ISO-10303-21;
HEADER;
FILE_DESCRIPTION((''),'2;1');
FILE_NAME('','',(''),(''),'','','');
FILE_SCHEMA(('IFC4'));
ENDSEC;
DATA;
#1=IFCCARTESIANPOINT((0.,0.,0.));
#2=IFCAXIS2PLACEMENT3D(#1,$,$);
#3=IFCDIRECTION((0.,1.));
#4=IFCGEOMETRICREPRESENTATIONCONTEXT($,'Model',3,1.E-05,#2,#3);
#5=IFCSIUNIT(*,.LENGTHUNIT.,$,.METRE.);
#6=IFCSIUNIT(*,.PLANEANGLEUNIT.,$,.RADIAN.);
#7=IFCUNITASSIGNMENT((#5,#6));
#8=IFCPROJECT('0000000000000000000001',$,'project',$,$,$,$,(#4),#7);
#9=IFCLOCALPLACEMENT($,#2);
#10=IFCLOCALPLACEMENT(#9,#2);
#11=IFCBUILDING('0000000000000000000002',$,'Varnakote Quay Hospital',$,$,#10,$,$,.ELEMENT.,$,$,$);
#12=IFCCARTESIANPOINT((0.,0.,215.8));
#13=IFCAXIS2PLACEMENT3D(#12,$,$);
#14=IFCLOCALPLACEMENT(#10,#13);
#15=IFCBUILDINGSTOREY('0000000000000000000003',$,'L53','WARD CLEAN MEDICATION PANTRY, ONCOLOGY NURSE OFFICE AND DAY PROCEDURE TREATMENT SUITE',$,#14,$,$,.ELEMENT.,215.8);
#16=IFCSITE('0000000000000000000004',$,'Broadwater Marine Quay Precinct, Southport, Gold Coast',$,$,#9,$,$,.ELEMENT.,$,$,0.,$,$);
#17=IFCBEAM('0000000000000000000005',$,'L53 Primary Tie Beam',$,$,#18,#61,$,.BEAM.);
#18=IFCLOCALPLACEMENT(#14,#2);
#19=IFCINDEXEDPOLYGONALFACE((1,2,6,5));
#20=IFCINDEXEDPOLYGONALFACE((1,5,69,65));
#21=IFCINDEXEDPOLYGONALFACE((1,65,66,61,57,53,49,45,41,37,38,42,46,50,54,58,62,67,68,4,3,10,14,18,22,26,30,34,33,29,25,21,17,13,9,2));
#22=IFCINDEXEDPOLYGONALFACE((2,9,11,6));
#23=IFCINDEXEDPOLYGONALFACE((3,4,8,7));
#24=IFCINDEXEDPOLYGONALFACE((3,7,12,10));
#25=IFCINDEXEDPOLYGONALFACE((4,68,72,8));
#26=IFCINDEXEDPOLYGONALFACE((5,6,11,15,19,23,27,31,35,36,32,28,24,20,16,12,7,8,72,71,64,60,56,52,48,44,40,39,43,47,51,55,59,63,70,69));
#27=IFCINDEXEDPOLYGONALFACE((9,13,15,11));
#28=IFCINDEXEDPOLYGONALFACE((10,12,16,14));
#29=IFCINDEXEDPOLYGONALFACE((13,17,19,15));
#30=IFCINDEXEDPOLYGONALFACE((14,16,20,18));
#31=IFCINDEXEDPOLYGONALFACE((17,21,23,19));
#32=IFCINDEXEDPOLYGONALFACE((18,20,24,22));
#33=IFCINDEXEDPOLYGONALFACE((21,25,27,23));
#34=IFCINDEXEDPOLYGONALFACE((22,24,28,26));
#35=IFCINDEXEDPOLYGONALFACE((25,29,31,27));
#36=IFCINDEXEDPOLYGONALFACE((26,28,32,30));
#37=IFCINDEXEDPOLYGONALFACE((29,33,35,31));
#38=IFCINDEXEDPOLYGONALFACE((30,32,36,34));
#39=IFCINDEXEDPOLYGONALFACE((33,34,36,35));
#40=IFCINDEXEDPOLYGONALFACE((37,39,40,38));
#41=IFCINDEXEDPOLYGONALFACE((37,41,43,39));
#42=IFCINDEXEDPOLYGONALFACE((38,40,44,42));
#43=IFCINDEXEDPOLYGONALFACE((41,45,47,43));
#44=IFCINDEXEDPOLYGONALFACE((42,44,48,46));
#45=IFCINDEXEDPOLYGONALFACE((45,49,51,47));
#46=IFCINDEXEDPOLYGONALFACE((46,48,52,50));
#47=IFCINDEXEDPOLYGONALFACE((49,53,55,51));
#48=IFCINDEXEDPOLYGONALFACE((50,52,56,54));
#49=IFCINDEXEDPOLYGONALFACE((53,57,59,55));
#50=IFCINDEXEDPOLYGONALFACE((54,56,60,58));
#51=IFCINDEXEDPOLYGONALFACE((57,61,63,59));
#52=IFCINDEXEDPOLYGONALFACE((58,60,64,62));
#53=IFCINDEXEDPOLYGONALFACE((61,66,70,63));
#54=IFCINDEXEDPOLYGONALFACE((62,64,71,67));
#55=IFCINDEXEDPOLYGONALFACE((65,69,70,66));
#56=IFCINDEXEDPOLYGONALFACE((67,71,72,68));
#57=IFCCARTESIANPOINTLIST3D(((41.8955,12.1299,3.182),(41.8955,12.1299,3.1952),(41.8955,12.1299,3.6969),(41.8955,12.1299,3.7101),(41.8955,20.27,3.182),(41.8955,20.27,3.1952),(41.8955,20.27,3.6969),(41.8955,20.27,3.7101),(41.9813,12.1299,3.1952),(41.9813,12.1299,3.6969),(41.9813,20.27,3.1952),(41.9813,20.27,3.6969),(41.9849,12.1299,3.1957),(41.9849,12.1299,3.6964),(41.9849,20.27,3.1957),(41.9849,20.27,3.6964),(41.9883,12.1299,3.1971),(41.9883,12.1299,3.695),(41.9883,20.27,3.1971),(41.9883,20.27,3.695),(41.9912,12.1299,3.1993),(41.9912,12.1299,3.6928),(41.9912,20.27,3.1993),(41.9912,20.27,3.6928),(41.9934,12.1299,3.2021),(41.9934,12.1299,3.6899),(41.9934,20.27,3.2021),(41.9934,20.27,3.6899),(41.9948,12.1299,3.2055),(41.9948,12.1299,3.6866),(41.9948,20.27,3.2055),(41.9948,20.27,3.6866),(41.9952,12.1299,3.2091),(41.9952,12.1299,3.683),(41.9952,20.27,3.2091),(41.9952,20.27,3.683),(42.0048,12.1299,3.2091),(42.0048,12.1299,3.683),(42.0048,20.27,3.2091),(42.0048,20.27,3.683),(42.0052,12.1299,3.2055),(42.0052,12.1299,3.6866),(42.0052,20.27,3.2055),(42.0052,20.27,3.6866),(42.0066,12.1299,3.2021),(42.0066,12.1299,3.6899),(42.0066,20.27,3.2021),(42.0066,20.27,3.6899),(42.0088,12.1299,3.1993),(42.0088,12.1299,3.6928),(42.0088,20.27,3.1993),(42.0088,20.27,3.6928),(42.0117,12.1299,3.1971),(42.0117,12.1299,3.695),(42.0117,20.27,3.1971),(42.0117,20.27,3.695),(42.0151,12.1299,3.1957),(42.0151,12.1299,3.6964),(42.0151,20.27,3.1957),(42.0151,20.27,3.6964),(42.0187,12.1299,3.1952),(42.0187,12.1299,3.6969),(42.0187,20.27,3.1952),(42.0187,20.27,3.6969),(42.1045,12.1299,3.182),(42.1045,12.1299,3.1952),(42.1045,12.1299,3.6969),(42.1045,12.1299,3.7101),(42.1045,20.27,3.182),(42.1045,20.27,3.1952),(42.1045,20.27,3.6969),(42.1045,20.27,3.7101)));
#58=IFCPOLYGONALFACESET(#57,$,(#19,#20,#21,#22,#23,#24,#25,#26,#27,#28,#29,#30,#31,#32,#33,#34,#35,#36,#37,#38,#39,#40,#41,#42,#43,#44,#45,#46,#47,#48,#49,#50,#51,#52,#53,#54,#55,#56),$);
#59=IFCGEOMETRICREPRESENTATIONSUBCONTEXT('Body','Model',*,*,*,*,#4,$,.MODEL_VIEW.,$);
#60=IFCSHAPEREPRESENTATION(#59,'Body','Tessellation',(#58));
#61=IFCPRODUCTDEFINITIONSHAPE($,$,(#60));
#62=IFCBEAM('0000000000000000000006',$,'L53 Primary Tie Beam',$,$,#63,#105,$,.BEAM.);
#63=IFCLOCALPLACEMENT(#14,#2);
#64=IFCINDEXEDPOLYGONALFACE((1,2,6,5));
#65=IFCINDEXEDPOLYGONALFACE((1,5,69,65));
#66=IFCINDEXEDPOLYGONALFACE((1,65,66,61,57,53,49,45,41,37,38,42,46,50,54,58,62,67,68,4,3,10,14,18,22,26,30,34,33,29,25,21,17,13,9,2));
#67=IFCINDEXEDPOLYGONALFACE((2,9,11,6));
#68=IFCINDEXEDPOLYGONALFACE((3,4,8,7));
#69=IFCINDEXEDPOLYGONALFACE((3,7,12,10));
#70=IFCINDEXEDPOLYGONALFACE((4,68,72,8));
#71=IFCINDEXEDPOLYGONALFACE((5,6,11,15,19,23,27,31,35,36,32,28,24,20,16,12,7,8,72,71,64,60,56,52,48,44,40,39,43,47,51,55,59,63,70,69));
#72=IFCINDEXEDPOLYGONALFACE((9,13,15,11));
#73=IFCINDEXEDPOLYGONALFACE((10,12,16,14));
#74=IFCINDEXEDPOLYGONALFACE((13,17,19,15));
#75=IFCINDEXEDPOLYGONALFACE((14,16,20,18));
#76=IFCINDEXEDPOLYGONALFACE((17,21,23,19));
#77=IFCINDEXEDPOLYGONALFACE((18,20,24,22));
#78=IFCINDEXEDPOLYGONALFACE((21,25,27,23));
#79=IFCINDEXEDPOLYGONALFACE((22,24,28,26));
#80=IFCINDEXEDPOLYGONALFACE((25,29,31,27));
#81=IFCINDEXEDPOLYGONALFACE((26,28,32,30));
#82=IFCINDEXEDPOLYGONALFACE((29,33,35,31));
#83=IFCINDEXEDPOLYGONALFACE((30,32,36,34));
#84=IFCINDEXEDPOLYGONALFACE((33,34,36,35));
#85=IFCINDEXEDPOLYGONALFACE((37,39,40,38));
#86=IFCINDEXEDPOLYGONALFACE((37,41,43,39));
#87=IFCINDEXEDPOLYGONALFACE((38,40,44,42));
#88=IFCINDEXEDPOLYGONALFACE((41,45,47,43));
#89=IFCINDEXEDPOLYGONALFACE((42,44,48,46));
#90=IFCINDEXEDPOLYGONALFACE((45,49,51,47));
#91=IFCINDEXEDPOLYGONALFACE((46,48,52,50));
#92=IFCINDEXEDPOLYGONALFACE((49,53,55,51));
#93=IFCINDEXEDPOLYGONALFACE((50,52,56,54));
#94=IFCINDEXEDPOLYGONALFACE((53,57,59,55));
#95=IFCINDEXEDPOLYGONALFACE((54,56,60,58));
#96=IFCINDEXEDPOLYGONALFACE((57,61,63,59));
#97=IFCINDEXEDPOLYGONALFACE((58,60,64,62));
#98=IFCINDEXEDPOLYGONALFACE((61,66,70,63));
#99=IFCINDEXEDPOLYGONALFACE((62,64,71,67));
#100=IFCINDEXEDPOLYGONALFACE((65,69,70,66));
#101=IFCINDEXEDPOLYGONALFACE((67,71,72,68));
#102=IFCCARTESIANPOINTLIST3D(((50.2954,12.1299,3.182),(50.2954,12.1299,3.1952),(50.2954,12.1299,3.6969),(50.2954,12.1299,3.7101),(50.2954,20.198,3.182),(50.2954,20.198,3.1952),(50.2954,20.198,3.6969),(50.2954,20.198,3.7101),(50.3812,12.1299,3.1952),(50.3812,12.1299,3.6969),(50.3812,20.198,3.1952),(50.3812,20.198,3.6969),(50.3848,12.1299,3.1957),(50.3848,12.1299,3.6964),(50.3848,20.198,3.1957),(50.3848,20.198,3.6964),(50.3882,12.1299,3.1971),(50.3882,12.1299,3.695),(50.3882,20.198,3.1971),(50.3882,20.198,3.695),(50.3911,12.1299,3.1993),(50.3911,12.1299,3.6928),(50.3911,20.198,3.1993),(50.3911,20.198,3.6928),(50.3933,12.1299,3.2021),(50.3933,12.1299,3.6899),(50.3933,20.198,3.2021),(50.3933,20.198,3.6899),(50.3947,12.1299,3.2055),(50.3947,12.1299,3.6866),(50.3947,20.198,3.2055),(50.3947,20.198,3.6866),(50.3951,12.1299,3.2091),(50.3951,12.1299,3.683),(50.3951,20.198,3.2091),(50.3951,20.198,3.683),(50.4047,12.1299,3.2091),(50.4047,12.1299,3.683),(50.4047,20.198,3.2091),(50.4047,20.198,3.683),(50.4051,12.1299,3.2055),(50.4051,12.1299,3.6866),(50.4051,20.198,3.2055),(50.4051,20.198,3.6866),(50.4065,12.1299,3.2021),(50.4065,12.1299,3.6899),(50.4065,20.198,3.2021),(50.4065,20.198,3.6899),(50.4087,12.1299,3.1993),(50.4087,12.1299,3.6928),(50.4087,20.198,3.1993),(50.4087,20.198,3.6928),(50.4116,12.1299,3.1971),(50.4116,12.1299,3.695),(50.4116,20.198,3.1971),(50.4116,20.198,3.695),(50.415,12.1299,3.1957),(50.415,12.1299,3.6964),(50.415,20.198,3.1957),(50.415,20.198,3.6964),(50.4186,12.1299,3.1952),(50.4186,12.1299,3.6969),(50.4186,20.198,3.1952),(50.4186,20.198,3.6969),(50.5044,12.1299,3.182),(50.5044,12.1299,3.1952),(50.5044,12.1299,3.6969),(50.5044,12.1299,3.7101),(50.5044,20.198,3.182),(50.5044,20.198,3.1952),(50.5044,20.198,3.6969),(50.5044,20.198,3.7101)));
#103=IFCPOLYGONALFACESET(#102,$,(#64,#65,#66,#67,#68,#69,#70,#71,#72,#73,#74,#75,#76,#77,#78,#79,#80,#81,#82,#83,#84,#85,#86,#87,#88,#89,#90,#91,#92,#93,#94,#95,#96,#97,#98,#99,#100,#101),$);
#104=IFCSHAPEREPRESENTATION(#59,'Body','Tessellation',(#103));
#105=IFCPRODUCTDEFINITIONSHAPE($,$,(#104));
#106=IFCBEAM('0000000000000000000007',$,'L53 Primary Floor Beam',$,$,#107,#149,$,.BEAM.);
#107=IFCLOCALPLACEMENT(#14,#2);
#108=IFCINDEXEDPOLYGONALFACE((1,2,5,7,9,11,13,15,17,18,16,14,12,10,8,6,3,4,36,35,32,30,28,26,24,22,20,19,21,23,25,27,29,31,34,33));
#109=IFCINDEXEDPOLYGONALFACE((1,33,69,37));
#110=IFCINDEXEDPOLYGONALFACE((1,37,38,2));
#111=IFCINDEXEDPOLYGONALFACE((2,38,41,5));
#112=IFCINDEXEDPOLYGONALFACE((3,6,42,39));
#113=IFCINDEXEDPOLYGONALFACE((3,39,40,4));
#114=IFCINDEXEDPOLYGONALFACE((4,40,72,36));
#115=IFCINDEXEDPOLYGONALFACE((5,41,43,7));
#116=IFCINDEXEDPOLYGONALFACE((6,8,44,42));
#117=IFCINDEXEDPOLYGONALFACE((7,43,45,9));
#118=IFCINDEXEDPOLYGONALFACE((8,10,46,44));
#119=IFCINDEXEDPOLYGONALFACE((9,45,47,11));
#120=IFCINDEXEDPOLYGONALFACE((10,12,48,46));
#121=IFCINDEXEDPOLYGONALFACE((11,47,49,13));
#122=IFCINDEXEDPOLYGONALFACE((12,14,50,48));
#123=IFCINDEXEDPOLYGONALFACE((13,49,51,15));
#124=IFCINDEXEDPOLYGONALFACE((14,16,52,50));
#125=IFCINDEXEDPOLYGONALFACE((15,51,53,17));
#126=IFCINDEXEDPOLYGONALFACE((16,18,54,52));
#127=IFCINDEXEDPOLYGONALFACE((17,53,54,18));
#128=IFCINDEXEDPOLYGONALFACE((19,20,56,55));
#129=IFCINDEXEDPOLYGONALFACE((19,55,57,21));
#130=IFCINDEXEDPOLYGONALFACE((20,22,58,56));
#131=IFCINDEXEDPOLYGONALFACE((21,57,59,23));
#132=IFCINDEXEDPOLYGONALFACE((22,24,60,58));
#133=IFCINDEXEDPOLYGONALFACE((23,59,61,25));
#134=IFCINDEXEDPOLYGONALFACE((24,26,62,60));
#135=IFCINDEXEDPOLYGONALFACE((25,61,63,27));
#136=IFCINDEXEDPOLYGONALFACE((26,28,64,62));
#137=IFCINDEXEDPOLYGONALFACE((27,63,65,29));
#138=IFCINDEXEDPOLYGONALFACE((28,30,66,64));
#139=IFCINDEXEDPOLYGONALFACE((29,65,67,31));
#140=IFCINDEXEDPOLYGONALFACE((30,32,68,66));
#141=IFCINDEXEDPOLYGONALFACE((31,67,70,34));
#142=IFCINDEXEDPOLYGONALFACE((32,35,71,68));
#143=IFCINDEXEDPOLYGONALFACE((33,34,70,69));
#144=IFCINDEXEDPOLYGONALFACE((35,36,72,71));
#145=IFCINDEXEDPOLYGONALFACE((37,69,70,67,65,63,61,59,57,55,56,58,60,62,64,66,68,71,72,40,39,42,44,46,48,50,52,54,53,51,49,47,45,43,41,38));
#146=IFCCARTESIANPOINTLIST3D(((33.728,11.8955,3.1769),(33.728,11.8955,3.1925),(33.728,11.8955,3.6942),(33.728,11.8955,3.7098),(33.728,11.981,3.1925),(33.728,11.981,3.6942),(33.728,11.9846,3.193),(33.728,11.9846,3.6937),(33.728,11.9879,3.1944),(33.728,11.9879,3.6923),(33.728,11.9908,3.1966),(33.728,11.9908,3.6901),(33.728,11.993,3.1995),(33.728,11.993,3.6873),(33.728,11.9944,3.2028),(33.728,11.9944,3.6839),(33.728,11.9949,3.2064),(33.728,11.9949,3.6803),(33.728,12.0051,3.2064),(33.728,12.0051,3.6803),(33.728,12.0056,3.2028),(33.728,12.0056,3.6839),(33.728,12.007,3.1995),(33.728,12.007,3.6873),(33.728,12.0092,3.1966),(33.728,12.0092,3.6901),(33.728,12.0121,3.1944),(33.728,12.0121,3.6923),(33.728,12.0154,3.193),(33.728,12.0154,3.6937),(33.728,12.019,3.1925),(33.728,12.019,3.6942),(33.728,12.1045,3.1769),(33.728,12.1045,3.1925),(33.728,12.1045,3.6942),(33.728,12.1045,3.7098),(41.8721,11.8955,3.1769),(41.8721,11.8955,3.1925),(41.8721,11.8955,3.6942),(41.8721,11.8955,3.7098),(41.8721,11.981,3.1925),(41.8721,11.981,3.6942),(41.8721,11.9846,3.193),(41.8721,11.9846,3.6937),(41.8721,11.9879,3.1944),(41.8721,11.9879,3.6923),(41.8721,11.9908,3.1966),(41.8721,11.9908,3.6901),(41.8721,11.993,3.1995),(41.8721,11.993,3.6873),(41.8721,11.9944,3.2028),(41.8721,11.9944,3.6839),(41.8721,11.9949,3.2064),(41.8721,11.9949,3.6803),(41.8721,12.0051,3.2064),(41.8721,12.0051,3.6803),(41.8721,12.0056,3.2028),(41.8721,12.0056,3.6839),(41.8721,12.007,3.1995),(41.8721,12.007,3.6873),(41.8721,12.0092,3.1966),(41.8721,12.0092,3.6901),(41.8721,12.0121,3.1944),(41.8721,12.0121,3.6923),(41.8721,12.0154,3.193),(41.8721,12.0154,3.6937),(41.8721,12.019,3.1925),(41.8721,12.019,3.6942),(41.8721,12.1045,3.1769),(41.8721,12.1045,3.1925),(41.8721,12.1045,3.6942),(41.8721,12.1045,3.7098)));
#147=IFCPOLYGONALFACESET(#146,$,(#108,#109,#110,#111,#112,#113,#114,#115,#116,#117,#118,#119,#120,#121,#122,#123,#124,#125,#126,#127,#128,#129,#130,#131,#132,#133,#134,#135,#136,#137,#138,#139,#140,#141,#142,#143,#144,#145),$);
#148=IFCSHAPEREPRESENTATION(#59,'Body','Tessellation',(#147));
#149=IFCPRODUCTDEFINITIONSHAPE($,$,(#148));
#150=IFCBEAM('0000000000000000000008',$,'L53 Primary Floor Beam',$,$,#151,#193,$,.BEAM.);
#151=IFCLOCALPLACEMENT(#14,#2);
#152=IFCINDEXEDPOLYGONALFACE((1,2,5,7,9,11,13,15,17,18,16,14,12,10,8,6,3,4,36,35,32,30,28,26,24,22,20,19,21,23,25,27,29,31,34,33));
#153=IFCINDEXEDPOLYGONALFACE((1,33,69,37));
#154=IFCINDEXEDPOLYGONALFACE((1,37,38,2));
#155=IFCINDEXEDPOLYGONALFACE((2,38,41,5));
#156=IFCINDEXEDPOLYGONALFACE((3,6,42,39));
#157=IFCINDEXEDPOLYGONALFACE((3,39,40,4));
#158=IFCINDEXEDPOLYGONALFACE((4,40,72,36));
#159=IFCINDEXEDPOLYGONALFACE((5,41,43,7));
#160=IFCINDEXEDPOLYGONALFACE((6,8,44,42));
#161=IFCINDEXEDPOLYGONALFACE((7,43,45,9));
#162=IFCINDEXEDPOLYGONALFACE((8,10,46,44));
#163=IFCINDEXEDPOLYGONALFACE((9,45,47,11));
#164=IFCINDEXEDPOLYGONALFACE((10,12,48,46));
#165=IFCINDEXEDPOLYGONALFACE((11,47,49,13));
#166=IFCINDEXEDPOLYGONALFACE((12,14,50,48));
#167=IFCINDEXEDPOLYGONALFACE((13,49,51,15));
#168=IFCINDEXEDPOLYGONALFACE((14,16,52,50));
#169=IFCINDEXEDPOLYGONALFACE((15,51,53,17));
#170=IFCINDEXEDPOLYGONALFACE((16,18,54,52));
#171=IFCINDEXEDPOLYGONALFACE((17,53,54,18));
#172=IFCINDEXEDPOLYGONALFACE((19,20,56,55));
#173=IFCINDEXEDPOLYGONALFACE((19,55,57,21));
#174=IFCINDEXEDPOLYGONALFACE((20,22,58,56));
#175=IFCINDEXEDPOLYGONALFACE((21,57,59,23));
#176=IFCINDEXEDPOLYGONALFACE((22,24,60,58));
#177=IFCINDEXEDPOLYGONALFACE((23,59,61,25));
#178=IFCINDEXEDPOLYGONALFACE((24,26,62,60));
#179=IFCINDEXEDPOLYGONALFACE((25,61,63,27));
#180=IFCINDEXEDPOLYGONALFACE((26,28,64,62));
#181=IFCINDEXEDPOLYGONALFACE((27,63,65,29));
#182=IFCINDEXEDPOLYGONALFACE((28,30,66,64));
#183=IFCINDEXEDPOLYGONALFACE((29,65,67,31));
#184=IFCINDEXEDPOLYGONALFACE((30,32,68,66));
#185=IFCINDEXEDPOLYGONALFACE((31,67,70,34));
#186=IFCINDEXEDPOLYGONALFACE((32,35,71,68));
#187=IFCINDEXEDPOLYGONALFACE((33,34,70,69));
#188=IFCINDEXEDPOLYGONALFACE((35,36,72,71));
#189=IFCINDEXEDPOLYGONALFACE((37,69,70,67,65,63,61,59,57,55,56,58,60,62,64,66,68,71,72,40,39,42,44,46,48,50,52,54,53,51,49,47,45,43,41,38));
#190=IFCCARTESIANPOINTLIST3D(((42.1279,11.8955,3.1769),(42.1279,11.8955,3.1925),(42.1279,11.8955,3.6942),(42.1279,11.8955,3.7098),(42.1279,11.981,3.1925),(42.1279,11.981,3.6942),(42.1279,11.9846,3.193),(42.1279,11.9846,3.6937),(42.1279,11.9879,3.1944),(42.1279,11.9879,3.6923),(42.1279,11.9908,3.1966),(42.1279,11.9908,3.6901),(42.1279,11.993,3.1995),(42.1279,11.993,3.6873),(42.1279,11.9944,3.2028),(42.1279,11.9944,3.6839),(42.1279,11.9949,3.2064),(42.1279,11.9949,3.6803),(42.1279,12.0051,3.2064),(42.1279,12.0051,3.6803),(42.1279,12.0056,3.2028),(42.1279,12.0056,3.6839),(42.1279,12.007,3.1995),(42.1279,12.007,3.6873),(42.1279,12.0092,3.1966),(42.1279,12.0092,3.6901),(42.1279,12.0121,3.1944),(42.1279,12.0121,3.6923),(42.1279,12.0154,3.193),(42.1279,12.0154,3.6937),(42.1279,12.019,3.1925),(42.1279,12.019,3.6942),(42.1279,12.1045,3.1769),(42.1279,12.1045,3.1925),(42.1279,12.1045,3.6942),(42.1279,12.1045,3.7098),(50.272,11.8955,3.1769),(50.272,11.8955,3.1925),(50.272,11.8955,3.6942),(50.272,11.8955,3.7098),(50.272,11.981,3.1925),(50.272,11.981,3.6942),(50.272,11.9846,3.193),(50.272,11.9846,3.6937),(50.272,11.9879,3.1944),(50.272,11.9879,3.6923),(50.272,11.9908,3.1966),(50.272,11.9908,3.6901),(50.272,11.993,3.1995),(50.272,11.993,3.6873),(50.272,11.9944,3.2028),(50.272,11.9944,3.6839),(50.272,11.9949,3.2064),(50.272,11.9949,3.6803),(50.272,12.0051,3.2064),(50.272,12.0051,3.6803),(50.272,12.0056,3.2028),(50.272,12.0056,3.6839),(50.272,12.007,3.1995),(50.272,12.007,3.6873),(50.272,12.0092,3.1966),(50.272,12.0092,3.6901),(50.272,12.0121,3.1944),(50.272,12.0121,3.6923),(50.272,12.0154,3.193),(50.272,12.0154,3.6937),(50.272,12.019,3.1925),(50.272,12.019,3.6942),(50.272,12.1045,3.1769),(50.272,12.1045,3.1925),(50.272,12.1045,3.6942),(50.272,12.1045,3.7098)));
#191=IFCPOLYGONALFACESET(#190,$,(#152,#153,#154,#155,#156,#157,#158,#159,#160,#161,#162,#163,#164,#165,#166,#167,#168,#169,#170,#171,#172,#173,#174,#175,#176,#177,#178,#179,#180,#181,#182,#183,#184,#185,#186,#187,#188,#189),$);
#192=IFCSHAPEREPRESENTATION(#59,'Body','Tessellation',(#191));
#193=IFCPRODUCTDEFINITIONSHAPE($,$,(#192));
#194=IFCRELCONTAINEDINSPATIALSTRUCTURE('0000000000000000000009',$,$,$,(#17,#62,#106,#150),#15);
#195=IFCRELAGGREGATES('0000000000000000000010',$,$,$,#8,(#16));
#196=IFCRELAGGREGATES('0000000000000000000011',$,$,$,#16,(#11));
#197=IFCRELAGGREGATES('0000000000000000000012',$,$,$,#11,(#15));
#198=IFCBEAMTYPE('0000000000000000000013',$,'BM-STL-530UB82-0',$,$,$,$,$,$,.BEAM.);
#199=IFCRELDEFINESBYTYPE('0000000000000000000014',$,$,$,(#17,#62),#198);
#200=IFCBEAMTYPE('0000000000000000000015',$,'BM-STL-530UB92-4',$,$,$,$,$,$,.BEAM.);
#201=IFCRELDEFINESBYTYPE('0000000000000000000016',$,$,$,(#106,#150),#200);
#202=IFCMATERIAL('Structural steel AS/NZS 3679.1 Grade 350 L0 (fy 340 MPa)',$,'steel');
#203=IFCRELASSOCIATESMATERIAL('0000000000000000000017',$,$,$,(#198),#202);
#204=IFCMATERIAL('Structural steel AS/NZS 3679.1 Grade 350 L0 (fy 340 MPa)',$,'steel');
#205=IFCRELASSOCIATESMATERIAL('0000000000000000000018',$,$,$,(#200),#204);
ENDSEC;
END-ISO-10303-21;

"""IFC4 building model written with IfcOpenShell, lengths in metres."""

from ifc_helpers import new_model, si_unit, direction, frame, origin, origin_2d, place, context, subcontext, project, spatial, i_section, extrude, material, material_profile, profile_set, type_object, element, save


model = new_model("IFC4")

# Units and contexts
model_context = context("Model", 3, precision=1e-05, world=origin(), true_north=direction((0.0, 1.0)))
body_context = subcontext(model_context, "Body", "Model", "MODEL_VIEW")
ifc_project = project(units=[si_unit("LENGTHUNIT", "METRE"), si_unit("PLANEANGLEUNIT", "RADIAN")], contexts=[model_context])

# Site, building, storey
site_placement = place(None, origin())
site = spatial("IfcSite", under=ifc_project, at=site_placement, Name="Broadwater Marine Quay Precinct, Southport, Gold Coast", CompositionType="ELEMENT", RefElevation=0.0)
building_placement = place(site_placement, origin())
building = spatial("IfcBuilding", under=site, at=building_placement, Name="Varnakote Quay Hospital", CompositionType="ELEMENT")
storey_placement = place(building_placement, frame((0.0, 0.0, 215.8)))
storey = spatial("IfcBuildingStorey", under=building, at=storey_placement, Name="L53", Description="WARD CLEAN MEDICATION PANTRY, ONCOLOGY NURSE OFFICE AND DAY PROCEDURE TREATMENT SUITE", CompositionType="ELEMENT", Elevation=215.8)

# Beams
ifc_material_1 = material(Name="Structural steel AS/NZS 3679.1 Grade 350 L0 (fy 340 MPa)", Category="steel")
ifc_material_profile_1 = material_profile(ifc_material_1, i_section(OverallWidth=0.209, OverallDepth=0.5281, WebThickness=0.0095, FlangeThickness=0.0132, FilletRadius=0.0139, at=origin_2d()), Name="530UB82.0")
ifc_profile_set_1 = profile_set([ifc_material_profile_1], Name="Structural steel AS/NZS 3679.1 Grade 350 L0 (fy 340 MPa)")
beam_type_1 = type_object("IfcBeamType", Name="BM-STL-530UB82-0", PredefinedType="BEAM", material=ifc_profile_set_1)
beam_1_placement = place(storey_placement, frame((42.0, 12.1299, 3.446), z_axis=(0.0, 1.0, 0.0), x_axis=(-1.0, 0.0, 0.0)))
element("IfcBeam", 1, at=beam_1_placement, inside=storey, type_object=beam_type_1, Name="L53 Primary Tie Beam", PredefinedType="BEAM", context=body_context, shape_type="SweptSolid", body=[
    extrude(i_section(OverallWidth=0.209, OverallDepth=0.5281, WebThickness=0.0095, FlangeThickness=0.0132, FilletRadius=0.0139, at=origin_2d()), origin(), (0.0, 0.0, 1.0), 8.1401),
])
beam_2_placement = place(storey_placement, frame((50.3999, 12.1299, 3.446), z_axis=(0.0, 1.0, 0.0), x_axis=(-1.0, 0.0, 0.0)))
element("IfcBeam", 2, at=beam_2_placement, inside=storey, type_object=beam_type_1, Name="L53 Primary Tie Beam", PredefinedType="BEAM", context=body_context, shape_type="SweptSolid", body=[
    extrude(i_section(OverallWidth=0.209, OverallDepth=0.5281, WebThickness=0.0095, FlangeThickness=0.0132, FilletRadius=0.0139, at=origin_2d()), origin(), (0.0, 0.0, 1.0), 8.0681),
])
ifc_material_2 = material(Name="Structural steel AS/NZS 3679.1 Grade 350 L0 (fy 340 MPa)", Category="steel")
ifc_material_profile_2 = material_profile(ifc_material_2, i_section(OverallWidth=0.209, OverallDepth=0.533, WebThickness=0.0103, FlangeThickness=0.0156, FilletRadius=0.0139, at=origin_2d()), Name="530UB92.4")
ifc_profile_set_2 = profile_set([ifc_material_profile_2], Name="Structural steel AS/NZS 3679.1 Grade 350 L0 (fy 340 MPa)")
beam_type_2 = type_object("IfcBeamType", Name="BM-STL-530UB92-4", PredefinedType="BEAM", material=ifc_profile_set_2)
for number, where, z_axis, x_axis, name in (
    (3, (33.728, 12.0, 3.4434), (1.0, 0.0, 0.0), (0.0, 1.0, 0.0), "L53 Primary Floor Beam"),
    (4, (42.1279, 12.0, 3.4434), (1.0, 0.0, 0.0), (0.0, 1.0, 0.0), "L53 Primary Floor Beam"),
):
    element("IfcBeam", number, at=place(storey_placement, frame(where, z_axis=z_axis, x_axis=x_axis)), inside=storey, type_object=beam_type_2, Name=name, PredefinedType="BEAM", context=body_context, shape_type="SweptSolid", body=[
        extrude(i_section(OverallWidth=0.209, OverallDepth=0.533, WebThickness=0.0103, FlangeThickness=0.0156, FilletRadius=0.0139, at=origin_2d()), origin(), (0.0, 0.0, 1.0), 8.144),
    ])

save(model, "model.ifc")
